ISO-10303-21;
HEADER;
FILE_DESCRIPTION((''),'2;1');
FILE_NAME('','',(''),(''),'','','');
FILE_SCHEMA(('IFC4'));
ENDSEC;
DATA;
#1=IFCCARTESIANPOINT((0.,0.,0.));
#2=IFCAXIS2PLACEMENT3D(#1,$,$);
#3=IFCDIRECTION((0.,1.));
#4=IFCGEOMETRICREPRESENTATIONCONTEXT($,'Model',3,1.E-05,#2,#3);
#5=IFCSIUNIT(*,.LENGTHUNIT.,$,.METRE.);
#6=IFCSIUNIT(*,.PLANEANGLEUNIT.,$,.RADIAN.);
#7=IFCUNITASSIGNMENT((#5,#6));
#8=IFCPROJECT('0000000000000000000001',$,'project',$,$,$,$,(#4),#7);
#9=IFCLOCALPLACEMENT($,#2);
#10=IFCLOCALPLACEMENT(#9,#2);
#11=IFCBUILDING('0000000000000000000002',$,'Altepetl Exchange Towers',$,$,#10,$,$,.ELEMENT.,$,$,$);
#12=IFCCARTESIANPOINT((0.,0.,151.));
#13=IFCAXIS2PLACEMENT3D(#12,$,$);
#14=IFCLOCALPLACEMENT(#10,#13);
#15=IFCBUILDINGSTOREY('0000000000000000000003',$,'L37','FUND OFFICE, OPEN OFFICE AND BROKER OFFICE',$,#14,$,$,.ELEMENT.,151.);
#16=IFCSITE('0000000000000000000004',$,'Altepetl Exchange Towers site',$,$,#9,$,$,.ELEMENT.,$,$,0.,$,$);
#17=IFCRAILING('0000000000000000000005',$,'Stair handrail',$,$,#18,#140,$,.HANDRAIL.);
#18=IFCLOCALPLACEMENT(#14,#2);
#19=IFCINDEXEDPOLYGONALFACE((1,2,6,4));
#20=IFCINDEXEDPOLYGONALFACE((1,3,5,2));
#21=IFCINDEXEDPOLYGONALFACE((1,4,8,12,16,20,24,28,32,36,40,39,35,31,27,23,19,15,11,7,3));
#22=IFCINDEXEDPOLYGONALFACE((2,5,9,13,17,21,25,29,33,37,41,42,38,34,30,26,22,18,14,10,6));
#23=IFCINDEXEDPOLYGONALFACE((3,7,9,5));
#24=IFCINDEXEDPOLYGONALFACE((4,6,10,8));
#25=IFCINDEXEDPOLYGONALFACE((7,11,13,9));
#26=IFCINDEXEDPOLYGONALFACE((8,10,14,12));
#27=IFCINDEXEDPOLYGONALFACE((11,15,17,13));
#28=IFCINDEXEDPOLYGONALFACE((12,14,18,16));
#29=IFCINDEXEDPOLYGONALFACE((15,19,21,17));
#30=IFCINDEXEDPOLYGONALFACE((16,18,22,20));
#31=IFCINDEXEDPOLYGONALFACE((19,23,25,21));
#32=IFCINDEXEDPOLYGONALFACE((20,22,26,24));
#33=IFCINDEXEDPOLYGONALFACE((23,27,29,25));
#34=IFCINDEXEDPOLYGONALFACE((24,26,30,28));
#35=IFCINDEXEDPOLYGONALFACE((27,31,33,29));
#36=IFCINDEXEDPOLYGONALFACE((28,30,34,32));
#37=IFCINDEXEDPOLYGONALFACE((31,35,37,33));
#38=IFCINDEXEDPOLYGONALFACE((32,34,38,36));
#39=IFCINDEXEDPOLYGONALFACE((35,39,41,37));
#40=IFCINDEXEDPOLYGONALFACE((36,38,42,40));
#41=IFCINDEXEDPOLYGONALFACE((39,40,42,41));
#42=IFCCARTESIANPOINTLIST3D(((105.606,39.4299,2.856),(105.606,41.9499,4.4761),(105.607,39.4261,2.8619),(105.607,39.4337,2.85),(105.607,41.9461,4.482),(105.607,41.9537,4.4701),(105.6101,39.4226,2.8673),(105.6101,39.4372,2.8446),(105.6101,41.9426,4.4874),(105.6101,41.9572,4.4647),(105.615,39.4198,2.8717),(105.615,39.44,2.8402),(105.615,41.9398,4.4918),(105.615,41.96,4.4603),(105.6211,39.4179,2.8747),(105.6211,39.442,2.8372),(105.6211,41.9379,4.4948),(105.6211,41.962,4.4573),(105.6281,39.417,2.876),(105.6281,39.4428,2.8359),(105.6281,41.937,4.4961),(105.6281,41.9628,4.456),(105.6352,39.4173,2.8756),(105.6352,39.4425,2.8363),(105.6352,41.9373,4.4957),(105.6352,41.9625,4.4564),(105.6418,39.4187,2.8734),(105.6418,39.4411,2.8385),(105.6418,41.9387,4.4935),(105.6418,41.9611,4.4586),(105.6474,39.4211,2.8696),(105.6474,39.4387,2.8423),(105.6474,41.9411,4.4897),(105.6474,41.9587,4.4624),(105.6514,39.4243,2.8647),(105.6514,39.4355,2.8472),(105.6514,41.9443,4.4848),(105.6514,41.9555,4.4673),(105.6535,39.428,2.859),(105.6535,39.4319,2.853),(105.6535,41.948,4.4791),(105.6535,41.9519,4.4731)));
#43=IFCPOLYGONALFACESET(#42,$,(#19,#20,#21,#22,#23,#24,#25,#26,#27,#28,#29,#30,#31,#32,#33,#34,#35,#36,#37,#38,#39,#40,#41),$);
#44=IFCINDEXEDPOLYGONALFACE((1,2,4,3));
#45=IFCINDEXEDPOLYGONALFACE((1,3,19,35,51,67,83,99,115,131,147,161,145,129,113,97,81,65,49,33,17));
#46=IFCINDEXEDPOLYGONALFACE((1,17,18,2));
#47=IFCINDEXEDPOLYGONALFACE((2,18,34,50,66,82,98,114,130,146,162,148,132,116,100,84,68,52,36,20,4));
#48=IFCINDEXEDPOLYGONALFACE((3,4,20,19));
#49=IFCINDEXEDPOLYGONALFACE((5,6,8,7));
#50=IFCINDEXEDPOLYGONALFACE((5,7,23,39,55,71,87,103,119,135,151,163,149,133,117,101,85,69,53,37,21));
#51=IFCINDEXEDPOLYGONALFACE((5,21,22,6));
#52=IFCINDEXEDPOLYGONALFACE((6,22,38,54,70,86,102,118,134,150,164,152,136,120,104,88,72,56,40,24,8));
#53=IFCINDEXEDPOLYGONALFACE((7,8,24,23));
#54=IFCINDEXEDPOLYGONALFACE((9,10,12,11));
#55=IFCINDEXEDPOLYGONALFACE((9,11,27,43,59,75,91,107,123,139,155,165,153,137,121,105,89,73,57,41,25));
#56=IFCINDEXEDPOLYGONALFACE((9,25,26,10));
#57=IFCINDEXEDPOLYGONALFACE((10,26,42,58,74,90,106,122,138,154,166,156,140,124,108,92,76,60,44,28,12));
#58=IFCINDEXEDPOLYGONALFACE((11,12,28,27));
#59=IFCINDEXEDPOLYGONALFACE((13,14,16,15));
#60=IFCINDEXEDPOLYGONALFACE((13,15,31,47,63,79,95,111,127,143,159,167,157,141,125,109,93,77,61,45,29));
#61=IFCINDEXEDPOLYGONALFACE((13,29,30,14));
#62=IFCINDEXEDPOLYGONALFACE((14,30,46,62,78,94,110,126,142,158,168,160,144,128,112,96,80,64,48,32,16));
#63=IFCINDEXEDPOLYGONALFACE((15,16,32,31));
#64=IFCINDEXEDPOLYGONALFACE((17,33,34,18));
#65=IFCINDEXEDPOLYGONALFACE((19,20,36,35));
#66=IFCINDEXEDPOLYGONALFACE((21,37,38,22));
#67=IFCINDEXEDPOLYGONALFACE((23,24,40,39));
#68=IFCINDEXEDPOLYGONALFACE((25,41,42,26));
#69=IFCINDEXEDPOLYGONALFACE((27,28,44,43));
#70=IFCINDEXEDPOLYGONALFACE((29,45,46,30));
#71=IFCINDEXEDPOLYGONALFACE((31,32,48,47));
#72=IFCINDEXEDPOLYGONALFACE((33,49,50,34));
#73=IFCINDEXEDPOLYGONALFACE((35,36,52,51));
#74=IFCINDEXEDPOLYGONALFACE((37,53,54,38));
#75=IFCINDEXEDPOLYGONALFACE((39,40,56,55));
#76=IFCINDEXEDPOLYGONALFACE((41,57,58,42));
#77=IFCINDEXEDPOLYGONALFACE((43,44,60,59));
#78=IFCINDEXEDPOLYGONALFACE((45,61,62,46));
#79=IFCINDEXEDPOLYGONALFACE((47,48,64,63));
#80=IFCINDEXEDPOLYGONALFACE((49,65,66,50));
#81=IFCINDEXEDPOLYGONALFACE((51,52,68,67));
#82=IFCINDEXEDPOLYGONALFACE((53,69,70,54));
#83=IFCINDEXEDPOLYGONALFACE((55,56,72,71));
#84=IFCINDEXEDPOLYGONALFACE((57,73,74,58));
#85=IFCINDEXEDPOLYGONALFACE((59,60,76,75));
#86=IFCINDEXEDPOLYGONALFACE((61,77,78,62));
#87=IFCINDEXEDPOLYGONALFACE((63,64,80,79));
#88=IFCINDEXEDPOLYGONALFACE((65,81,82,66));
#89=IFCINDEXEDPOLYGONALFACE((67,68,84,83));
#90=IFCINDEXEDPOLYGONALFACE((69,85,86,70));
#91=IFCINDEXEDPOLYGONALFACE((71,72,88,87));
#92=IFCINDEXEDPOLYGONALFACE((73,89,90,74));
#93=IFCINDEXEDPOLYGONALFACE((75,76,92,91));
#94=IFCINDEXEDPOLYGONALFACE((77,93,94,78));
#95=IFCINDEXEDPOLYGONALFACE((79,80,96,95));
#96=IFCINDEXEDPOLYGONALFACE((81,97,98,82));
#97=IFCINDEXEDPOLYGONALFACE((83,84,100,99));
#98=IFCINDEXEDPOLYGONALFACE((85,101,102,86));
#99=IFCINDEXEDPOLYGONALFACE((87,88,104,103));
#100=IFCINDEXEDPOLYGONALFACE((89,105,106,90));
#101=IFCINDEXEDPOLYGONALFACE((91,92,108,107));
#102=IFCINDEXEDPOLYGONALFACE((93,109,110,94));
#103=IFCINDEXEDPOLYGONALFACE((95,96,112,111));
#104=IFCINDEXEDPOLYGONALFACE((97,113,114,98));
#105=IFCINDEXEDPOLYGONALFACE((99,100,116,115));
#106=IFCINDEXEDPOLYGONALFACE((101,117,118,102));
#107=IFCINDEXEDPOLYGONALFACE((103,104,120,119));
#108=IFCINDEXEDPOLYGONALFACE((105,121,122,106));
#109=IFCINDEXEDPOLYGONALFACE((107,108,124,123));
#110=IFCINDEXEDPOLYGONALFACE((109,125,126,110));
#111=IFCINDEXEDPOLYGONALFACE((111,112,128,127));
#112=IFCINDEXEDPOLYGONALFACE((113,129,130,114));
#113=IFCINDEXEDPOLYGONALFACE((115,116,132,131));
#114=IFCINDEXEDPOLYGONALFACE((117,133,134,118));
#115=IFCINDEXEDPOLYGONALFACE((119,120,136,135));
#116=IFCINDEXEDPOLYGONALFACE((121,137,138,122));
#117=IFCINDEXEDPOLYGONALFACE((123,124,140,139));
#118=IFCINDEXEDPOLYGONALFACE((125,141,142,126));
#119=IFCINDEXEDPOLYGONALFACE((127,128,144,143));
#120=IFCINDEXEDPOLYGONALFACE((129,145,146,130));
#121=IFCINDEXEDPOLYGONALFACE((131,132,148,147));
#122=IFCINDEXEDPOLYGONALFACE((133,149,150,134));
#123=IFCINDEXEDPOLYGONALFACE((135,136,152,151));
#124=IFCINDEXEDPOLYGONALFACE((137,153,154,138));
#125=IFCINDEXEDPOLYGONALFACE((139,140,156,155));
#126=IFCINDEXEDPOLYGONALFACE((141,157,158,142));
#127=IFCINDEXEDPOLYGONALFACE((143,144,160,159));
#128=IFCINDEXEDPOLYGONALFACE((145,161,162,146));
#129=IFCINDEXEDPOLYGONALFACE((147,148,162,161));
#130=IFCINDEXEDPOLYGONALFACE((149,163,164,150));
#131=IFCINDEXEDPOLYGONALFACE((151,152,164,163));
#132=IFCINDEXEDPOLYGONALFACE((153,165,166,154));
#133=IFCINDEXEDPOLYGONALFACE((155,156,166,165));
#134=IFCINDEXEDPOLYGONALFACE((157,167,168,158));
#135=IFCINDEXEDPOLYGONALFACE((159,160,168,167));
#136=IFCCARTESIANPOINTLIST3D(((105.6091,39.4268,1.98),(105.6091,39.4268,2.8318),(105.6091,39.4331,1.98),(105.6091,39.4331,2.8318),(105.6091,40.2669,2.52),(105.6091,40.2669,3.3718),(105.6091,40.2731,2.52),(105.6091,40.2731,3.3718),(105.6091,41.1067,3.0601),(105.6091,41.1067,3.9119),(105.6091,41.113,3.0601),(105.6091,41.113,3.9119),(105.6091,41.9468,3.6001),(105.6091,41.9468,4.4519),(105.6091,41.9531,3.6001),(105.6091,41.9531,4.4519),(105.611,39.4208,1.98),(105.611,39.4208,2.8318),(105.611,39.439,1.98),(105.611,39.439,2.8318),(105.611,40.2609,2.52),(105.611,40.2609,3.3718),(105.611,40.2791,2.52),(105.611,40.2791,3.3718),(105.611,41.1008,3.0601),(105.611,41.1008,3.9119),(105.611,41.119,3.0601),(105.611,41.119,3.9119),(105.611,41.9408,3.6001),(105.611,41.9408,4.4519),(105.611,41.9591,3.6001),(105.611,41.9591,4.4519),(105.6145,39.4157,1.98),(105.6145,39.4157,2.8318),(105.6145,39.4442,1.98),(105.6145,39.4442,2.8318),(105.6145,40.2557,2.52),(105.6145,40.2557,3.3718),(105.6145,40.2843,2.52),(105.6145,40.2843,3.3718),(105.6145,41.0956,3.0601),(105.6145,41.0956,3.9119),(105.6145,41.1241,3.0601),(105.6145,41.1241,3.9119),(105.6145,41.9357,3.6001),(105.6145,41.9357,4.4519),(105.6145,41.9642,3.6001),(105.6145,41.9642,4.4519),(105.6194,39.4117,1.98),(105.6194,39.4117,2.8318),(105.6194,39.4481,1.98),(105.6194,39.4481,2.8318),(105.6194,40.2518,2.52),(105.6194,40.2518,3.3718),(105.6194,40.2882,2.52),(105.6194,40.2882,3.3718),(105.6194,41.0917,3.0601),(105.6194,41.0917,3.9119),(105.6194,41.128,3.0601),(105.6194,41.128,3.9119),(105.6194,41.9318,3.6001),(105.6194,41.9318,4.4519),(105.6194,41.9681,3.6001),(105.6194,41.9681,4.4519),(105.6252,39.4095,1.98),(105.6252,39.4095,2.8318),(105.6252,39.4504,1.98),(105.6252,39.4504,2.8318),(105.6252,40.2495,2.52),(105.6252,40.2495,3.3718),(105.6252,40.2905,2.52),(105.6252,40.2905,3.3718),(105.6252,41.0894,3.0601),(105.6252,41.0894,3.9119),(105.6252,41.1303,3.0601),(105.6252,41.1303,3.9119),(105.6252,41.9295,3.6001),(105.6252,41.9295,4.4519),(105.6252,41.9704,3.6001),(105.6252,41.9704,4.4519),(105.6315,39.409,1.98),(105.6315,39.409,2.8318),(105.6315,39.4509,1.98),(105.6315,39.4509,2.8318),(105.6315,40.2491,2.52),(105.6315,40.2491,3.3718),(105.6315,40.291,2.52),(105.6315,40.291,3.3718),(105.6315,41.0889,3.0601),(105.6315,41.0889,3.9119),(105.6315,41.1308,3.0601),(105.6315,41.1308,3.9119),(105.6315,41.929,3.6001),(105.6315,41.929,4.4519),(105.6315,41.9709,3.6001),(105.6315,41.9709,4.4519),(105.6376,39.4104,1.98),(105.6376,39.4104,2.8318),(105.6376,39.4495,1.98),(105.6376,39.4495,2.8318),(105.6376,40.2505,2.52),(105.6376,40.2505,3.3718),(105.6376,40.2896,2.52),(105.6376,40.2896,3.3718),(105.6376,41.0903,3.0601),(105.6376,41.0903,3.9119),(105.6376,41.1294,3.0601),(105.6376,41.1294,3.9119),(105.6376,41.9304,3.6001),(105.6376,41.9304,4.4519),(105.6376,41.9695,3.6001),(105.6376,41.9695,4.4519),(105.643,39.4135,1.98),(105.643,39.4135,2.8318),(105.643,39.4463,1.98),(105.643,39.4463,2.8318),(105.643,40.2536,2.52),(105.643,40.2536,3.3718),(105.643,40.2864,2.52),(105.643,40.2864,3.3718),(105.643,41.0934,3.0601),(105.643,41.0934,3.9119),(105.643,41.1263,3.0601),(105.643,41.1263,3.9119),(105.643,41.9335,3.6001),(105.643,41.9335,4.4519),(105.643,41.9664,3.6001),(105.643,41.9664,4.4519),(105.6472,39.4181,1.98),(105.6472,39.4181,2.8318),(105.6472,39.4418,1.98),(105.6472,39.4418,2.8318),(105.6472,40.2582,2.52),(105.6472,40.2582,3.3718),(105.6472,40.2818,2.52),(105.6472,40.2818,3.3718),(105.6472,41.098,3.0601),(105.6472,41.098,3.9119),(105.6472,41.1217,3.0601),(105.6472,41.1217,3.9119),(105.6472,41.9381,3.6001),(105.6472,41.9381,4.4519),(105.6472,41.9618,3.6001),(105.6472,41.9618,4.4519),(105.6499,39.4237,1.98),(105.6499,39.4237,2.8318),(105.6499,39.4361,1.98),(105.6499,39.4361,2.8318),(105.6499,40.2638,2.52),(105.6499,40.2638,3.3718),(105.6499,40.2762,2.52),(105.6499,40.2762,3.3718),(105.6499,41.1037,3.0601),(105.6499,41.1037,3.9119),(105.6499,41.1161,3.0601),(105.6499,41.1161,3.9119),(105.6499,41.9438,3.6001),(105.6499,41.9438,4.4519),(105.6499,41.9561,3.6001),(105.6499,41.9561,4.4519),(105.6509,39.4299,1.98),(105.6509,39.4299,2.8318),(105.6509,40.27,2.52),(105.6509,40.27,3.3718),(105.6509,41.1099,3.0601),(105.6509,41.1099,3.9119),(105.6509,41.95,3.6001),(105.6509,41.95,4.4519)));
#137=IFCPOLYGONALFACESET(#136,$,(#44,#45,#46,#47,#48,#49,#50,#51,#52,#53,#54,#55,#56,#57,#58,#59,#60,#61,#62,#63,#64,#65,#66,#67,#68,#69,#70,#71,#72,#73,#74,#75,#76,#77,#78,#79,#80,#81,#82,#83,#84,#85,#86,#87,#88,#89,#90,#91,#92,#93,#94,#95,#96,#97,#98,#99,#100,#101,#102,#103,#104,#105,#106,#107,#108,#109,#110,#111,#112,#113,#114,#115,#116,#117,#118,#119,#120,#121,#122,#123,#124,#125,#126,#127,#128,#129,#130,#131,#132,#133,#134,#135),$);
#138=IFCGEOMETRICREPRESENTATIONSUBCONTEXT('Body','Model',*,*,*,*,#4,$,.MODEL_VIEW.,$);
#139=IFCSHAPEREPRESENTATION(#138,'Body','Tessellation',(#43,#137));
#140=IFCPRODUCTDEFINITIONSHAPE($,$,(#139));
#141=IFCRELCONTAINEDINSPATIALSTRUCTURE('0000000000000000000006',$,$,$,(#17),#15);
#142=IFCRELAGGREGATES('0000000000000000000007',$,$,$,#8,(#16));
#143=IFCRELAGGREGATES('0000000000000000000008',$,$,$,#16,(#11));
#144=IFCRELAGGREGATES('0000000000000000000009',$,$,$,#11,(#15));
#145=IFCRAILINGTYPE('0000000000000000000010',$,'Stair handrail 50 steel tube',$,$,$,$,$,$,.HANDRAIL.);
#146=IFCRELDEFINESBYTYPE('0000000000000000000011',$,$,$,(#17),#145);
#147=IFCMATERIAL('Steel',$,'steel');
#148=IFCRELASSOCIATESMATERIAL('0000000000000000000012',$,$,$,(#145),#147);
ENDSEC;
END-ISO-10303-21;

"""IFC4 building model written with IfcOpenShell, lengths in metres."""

from ifc_helpers import new_model, si_unit, direction, frame, origin, origin_2d, place, context, subcontext, project, spatial, circle, extrude, source, transform, mapped, material, type_object, element, save


model = new_model("IFC4")

# Units and contexts
model_context = context("Model", 3, precision=1e-05, world=origin(), true_north=direction((0.0, 1.0)))
body_context = subcontext(model_context, "Body", "Model", "MODEL_VIEW")
ifc_project = project(units=[si_unit("LENGTHUNIT", "METRE"), si_unit("PLANEANGLEUNIT", "RADIAN")], contexts=[model_context])

# Site, building, storey
site_placement = place(None, origin())
site = spatial("IfcSite", under=ifc_project, at=site_placement, Name="Altepetl Exchange Towers site", CompositionType="ELEMENT", RefElevation=0.0)
building_placement = place(site_placement, origin())
building = spatial("IfcBuilding", under=site, at=building_placement, Name="Altepetl Exchange Towers", CompositionType="ELEMENT")
storey_placement = place(building_placement, frame((0.0, 0.0, 151.0)))
storey = spatial("IfcBuildingStorey", under=building, at=storey_placement, Name="L37", Description="FUND OFFICE, OPEN OFFICE AND BROKER OFFICE", CompositionType="ELEMENT", Elevation=151.0)

# Railing
ifc_material_1 = material(Name="Steel", Category="steel")
railing_type = type_object("IfcRailingType", Name="Stair handrail 50 steel tube", PredefinedType="HANDRAIL", material=ifc_material_1)
shared_shape = source(origin(), body_context, "Body", "SweptSolid", [
    extrude(circle(Radius=0.021, at=origin_2d()), origin(), (0.0, 0.0, 1.0), 0.8518),
])
railing_1_placement = place(storey_placement, frame((105.6299, 39.4299, 1.98)))
element("IfcRailing", 1, at=railing_1_placement, inside=storey, type_object=railing_type, Name="Stair handrail", PredefinedType="HANDRAIL", context=body_context, shape_type="SweptSolid", body=[
    extrude(circle(Radius=0.0239, at=origin_2d()), frame((0.0, 0.0, 0.876), z_axis=(0.0, 0.841163, 0.540782), x_axis=(-1.0, 0.0, 0.0)), (0.0, 0.0, 1.0), 2.9958),
    mapped(shared_shape, transform((0.0, 0.0, 0.0))),
    mapped(shared_shape, transform((0.0, 0.8401, 0.54))),
    mapped(shared_shape, transform((0.0, 1.6799, 1.0801))),
    mapped(shared_shape, transform((0.0, 2.52, 1.6201))),
])

save(model, "model.ifc")
